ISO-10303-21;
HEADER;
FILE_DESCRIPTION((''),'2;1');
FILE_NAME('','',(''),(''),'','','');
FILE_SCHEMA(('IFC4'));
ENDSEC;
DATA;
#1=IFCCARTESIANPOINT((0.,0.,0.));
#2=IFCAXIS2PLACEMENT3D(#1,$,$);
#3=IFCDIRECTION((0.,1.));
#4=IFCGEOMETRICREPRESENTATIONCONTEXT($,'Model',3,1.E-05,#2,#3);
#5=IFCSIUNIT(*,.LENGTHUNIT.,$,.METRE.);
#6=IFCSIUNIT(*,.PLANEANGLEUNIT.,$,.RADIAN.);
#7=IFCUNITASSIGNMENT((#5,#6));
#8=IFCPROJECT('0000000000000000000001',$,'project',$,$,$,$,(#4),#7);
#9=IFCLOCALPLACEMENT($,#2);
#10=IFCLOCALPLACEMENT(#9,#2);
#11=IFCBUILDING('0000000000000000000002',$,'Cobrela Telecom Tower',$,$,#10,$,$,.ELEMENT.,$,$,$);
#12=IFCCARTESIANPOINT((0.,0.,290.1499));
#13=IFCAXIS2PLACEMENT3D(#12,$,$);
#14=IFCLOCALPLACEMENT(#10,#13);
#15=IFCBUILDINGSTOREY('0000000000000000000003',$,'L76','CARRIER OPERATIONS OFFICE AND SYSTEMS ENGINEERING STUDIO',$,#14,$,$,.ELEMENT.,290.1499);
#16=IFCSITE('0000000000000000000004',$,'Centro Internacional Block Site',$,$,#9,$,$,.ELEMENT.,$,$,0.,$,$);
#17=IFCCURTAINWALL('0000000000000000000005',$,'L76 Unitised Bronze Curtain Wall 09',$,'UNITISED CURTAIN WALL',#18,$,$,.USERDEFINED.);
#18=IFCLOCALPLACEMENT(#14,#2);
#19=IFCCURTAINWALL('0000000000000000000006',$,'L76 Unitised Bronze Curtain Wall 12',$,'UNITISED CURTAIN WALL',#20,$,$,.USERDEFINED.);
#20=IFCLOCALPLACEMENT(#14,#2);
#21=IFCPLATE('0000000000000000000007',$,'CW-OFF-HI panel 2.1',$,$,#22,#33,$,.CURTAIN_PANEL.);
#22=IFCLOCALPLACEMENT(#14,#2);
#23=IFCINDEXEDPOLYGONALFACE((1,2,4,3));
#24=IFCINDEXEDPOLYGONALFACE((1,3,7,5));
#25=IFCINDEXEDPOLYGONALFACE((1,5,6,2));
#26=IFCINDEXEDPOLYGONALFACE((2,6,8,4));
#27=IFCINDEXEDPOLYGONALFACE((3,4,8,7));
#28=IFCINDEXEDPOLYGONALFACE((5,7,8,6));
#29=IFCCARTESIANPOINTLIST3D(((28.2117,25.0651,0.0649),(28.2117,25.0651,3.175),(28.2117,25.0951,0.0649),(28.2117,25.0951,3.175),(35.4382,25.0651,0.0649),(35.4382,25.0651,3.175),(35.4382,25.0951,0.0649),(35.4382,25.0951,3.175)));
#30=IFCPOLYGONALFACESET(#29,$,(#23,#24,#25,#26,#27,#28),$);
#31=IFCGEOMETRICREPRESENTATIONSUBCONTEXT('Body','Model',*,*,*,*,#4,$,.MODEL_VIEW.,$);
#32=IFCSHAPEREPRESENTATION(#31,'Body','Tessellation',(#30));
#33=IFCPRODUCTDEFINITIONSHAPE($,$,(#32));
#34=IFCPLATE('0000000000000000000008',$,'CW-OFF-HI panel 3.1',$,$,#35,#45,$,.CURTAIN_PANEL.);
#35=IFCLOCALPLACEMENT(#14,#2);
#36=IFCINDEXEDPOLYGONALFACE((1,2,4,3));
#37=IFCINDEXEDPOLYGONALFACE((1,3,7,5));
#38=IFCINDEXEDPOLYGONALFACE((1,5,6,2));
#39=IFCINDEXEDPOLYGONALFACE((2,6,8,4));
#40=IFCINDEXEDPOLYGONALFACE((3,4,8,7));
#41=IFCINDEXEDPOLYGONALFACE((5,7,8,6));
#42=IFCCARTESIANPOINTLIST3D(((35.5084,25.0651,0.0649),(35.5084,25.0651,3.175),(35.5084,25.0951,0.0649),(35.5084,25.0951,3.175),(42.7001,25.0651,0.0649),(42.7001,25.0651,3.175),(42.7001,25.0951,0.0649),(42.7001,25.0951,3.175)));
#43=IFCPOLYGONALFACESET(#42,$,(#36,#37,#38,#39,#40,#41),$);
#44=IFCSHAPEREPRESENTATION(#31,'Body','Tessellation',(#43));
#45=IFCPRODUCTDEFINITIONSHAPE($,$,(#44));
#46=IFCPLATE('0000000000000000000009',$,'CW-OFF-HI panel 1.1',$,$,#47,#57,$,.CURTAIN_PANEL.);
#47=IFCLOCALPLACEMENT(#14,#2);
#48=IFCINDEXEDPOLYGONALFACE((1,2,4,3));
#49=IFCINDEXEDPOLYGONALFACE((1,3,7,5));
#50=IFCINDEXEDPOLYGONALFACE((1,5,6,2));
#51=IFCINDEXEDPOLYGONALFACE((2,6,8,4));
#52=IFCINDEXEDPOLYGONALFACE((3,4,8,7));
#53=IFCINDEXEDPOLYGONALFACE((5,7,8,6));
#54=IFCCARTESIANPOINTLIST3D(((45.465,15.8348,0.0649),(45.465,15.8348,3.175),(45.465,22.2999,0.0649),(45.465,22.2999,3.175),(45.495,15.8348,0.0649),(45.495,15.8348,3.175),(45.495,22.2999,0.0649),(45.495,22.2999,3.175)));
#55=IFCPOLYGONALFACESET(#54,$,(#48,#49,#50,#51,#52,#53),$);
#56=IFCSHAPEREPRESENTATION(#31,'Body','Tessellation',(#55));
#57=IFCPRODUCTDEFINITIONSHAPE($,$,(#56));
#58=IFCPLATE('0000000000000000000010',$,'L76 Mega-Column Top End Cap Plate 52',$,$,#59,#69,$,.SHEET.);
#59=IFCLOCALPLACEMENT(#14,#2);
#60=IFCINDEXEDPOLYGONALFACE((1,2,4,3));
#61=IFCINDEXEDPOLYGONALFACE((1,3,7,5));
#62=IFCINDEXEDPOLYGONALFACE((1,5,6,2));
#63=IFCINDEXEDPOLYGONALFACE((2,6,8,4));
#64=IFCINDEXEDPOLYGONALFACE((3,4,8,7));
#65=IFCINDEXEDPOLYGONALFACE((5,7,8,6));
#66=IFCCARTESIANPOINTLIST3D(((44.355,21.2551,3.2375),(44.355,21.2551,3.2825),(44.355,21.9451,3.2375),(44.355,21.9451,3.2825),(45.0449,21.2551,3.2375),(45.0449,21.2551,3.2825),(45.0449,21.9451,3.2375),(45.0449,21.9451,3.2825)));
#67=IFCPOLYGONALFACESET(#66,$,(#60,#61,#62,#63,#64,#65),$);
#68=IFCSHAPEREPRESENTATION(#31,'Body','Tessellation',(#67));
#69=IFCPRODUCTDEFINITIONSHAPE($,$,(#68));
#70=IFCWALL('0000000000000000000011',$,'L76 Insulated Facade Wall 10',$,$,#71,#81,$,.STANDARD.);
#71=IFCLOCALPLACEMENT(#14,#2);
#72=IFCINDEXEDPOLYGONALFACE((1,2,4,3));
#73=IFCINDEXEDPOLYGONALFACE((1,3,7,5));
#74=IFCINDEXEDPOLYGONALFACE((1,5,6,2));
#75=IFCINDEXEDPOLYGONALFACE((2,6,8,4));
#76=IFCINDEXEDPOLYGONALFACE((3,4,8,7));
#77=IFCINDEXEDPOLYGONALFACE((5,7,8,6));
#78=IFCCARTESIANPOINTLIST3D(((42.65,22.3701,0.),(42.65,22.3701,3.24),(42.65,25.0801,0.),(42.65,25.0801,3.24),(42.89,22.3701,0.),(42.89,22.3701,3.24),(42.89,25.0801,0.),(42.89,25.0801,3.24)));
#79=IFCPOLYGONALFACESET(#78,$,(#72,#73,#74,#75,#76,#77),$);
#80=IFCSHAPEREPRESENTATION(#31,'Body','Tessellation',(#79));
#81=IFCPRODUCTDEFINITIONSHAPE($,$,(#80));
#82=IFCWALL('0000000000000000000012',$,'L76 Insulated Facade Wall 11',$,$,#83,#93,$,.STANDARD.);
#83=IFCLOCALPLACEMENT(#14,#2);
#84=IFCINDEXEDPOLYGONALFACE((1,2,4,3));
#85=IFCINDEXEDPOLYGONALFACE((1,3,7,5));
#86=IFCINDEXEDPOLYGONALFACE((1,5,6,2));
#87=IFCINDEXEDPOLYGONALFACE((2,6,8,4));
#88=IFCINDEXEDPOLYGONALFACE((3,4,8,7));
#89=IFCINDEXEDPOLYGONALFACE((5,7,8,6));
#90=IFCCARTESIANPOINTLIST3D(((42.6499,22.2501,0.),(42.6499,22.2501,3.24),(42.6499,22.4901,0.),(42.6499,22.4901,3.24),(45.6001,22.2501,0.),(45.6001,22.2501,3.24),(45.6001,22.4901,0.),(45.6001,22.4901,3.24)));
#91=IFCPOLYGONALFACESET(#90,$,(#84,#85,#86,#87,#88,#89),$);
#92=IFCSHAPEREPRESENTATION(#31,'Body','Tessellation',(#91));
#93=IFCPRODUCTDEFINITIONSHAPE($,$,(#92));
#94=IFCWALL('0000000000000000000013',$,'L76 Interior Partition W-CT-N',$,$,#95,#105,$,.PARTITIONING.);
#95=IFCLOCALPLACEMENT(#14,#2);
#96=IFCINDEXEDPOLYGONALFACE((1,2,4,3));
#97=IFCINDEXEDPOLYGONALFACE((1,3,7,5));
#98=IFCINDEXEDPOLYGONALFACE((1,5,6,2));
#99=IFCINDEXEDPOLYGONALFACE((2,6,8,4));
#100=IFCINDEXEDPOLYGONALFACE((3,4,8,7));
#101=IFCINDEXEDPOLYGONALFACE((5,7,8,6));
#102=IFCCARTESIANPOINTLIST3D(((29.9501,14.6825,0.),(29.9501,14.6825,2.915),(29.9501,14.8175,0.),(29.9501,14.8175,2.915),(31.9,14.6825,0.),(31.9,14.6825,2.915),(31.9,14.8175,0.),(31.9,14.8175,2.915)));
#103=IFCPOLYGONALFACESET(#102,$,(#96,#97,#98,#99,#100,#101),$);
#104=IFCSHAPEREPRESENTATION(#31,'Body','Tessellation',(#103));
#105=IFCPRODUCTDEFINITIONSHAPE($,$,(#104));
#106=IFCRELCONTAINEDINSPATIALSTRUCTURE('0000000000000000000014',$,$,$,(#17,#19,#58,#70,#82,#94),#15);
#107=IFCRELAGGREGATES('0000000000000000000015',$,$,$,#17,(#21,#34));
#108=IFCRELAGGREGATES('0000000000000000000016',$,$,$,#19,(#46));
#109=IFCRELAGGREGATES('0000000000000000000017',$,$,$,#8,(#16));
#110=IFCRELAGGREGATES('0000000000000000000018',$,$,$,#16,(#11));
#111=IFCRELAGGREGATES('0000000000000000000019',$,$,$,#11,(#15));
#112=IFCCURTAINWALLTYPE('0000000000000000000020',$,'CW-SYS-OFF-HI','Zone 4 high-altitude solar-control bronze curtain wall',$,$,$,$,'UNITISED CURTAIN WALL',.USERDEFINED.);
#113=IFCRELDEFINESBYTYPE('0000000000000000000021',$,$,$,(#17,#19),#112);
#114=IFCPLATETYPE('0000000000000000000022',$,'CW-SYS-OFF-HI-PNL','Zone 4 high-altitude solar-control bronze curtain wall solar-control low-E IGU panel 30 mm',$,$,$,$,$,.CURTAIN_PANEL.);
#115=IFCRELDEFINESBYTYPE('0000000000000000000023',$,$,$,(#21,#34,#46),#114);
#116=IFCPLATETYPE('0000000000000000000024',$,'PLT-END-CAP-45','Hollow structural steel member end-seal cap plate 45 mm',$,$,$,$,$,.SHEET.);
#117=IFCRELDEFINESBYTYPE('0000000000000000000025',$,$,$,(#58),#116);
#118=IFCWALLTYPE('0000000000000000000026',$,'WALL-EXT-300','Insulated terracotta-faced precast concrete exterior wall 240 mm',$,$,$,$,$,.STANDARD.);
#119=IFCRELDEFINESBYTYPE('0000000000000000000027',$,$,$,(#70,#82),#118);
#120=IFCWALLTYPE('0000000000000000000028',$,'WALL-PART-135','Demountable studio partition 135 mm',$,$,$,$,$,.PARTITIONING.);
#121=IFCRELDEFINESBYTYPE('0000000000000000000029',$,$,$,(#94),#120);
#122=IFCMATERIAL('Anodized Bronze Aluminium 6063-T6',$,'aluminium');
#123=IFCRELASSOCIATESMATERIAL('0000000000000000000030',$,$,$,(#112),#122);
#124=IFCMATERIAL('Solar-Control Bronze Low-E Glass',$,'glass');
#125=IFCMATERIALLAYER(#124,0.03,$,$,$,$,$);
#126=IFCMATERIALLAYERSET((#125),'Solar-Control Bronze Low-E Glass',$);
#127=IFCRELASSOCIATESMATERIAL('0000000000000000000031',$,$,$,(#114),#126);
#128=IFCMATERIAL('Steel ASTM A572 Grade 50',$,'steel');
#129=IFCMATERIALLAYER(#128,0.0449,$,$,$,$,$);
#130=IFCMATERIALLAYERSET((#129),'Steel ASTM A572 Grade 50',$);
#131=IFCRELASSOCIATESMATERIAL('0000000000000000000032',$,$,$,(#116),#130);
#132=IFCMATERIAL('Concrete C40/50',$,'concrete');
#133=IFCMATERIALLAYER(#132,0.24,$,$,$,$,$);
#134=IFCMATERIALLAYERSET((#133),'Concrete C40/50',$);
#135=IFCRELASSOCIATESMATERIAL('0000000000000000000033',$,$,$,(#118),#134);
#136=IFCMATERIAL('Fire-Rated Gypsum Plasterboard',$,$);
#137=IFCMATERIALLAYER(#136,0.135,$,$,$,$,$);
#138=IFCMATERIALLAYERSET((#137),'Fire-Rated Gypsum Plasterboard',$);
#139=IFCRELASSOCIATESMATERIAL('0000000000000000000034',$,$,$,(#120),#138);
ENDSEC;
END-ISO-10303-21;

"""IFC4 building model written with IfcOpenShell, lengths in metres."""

from ifc_helpers import new_model, si_unit, direction, frame, frame_2d, origin, origin_2d, place, context, subcontext, project, spatial, rectangle, extrude, material, layer, layer_set, type_object, element, aggregate, save


model = new_model("IFC4")

# Units and contexts
model_context = context("Model", 3, precision=1e-05, world=origin(), true_north=direction((0.0, 1.0)))
body_context = subcontext(model_context, "Body", "Model", "MODEL_VIEW")
ifc_project = project(units=[si_unit("LENGTHUNIT", "METRE"), si_unit("PLANEANGLEUNIT", "RADIAN")], contexts=[model_context])

# Site, building, storey
site_placement = place(None, origin())
site = spatial("IfcSite", under=ifc_project, at=site_placement, Name="Centro Internacional Block Site", CompositionType="ELEMENT", RefElevation=0.0)
building_placement = place(site_placement, origin())
building = spatial("IfcBuilding", under=site, at=building_placement, Name="Cobrela Telecom Tower", CompositionType="ELEMENT")
storey_placement = place(building_placement, frame((0.0, 0.0, 290.1499)))
storey = spatial("IfcBuildingStorey", under=building, at=storey_placement, Name="L76", Description="CARRIER OPERATIONS OFFICE AND SYSTEMS ENGINEERING STUDIO", CompositionType="ELEMENT", Elevation=290.1499)

# Shared definitions
ifc_material_1 = material(Name="Steel ASTM A572 Grade 50", Category="steel")

# Curtain walls
ifc_material_2 = material(Name="Anodized Bronze Aluminium 6063-T6", Category="aluminium")
curtain_wall_type = type_object("IfcCurtainWallType", Name="CW-SYS-OFF-HI", Description="Zone 4 high-altitude solar-control bronze curtain wall", ElementType="UNITISED CURTAIN WALL", PredefinedType="USERDEFINED", material=ifc_material_2)
curtain_wall_1_placement = place(storey_placement, origin())
curtain_wall_1 = element("IfcCurtainWall", 1, at=curtain_wall_1_placement, inside=storey, type_object=curtain_wall_type, Name="L76 Unitised Bronze Curtain Wall 09", ObjectType="UNITISED CURTAIN WALL", PredefinedType="USERDEFINED")
curtain_wall_2_placement = place(storey_placement, origin())
curtain_wall_2 = element("IfcCurtainWall", 2, at=curtain_wall_2_placement, inside=storey, type_object=curtain_wall_type, Name="L76 Unitised Bronze Curtain Wall 12", ObjectType="UNITISED CURTAIN WALL", PredefinedType="USERDEFINED")

# Plates
ifc_material_3 = material(Name="Solar-Control Bronze Low-E Glass", Category="glass")
ifc_layer_1 = layer(ifc_material_3, 0.03)
ifc_layer_set_1 = layer_set([ifc_layer_1], Name="Solar-Control Bronze Low-E Glass")
plate_type_1 = type_object("IfcPlateType", Name="CW-SYS-OFF-HI-PNL", Description="Zone 4 high-altitude solar-control bronze curtain wall solar-control low-E IGU panel 30 mm", PredefinedType="CURTAIN_PANEL", material=ifc_layer_set_1)
plate_1_placement = place(storey_placement, frame((31.825, 25.0801, 0.0649), z_axis=(0.0, 0.0, 1.0), x_axis=(1.0, 0.0, 0.0)))
plate_1 = element("IfcPlate", 3, at=plate_1_placement, type_object=plate_type_1, Name="CW-OFF-HI panel 2.1", PredefinedType="CURTAIN_PANEL", context=body_context, shape_type="SweptSolid", body=[
    extrude(rectangle(XDim=7.2266, YDim=0.03, at=origin_2d()), origin(), (0.0, 0.0, 1.0), 3.1101),
])
plate_2_placement = place(storey_placement, frame((39.1042, 25.0801, 0.0649), z_axis=(0.0, 0.0, 1.0), x_axis=(1.0, 0.0, 0.0)))
plate_2 = element("IfcPlate", 4, at=plate_2_placement, type_object=plate_type_1, Name="CW-OFF-HI panel 3.1", PredefinedType="CURTAIN_PANEL", context=body_context, shape_type="SweptSolid", body=[
    extrude(rectangle(XDim=7.1917, YDim=0.03, at=origin_2d()), origin(), (0.0, 0.0, 1.0), 3.1101),
])
aggregate(curtain_wall_1, [plate_1, plate_2])
plate_3_placement = place(storey_placement, frame((45.48, 19.0674, 0.0649), z_axis=(0.0, 0.0, 1.0), x_axis=(0.0, -1.0, 0.0)))
plate_3 = element("IfcPlate", 5, at=plate_3_placement, type_object=plate_type_1, Name="CW-OFF-HI panel 1.1", PredefinedType="CURTAIN_PANEL", context=body_context, shape_type="SweptSolid", body=[
    extrude(rectangle(XDim=6.4651, YDim=0.03, at=origin_2d()), origin(), (0.0, 0.0, 1.0), 3.1101),
])
aggregate(curtain_wall_2, [plate_3])
ifc_layer_2 = layer(ifc_material_1, 0.0449)
ifc_layer_set_2 = layer_set([ifc_layer_2], Name="Steel ASTM A572 Grade 50")
plate_type_2 = type_object("IfcPlateType", Name="PLT-END-CAP-45", Description="Hollow structural steel member end-seal cap plate 45 mm", PredefinedType="SHEET", material=ifc_layer_set_2)
plate_4_placement = place(storey_placement, frame((44.7, 21.6001, 3.2375), z_axis=(0.0, 0.0, 1.0), x_axis=(1.0, 0.0, 0.0)))
element("IfcPlate", 6, at=plate_4_placement, inside=storey, type_object=plate_type_2, Name="L76 Mega-Column Top End Cap Plate 52", PredefinedType="SHEET", context=body_context, shape_type="SweptSolid", body=[
    extrude(rectangle(XDim=0.6899, YDim=0.6899, at=origin_2d()), origin(), (0.0, 0.0, 1.0), 0.0449),
])

# Walls
ifc_material_4 = material(Name="Concrete C40/50", Category="concrete")
ifc_layer_3 = layer(ifc_material_4, 0.24)
ifc_layer_set_3 = layer_set([ifc_layer_3], Name="Concrete C40/50")
wall_type_1 = type_object("IfcWallType", Name="WALL-EXT-300", Description="Insulated terracotta-faced precast concrete exterior wall 240 mm", PredefinedType="STANDARD", material=ifc_layer_set_3)
wall_1_placement = place(storey_placement, frame((42.77, 25.0801, 0.0), z_axis=(0.0, 0.0, 1.0), x_axis=(0.0, -1.0, 0.0)))
element("IfcWall", 7, at=wall_1_placement, inside=storey, type_object=wall_type_1, Name="L76 Insulated Facade Wall 10", PredefinedType="STANDARD", context=body_context, shape_type="SweptSolid", body=[
    extrude(rectangle(XDim=2.71, YDim=0.24, at=frame_2d((1.355, 0.0))), origin(), (0.0, 0.0, 1.0), 3.24),
])
wall_2_placement = place(storey_placement, frame((42.6499, 22.3701, 0.0), z_axis=(0.0, 0.0, 1.0), x_axis=(1.0, 0.0, 0.0)))
element("IfcWall", 8, at=wall_2_placement, inside=storey, type_object=wall_type_1, Name="L76 Insulated Facade Wall 11", PredefinedType="STANDARD", context=body_context, shape_type="SweptSolid", body=[
    extrude(rectangle(XDim=2.9502, YDim=0.24, at=frame_2d((1.4751, 0.0))), origin(), (0.0, 0.0, 1.0), 3.24),
])
ifc_material_5 = material(Name="Fire-Rated Gypsum Plasterboard")
ifc_layer_4 = layer(ifc_material_5, 0.135)
ifc_layer_set_4 = layer_set([ifc_layer_4], Name="Fire-Rated Gypsum Plasterboard")
wall_type_2 = type_object("IfcWallType", Name="WALL-PART-135", Description="Demountable studio partition 135 mm", PredefinedType="PARTITIONING", material=ifc_layer_set_4)
wall_3_placement = place(storey_placement, frame((29.95, 14.75, 0.0), z_axis=(0.0, 0.0, 1.0), x_axis=(1.0, 0.0, 0.0)))
element("IfcWall", 9, at=wall_3_placement, inside=storey, type_object=wall_type_2, Name="L76 Interior Partition W-CT-N", PredefinedType="PARTITIONING", context=body_context, shape_type="SweptSolid", body=[
    extrude(rectangle(XDim=1.95, YDim=0.135, at=frame_2d((0.9751, 0.0))), origin(), (0.0, 0.0, 1.0), 2.915),
])

save(model, "model.ifc")
